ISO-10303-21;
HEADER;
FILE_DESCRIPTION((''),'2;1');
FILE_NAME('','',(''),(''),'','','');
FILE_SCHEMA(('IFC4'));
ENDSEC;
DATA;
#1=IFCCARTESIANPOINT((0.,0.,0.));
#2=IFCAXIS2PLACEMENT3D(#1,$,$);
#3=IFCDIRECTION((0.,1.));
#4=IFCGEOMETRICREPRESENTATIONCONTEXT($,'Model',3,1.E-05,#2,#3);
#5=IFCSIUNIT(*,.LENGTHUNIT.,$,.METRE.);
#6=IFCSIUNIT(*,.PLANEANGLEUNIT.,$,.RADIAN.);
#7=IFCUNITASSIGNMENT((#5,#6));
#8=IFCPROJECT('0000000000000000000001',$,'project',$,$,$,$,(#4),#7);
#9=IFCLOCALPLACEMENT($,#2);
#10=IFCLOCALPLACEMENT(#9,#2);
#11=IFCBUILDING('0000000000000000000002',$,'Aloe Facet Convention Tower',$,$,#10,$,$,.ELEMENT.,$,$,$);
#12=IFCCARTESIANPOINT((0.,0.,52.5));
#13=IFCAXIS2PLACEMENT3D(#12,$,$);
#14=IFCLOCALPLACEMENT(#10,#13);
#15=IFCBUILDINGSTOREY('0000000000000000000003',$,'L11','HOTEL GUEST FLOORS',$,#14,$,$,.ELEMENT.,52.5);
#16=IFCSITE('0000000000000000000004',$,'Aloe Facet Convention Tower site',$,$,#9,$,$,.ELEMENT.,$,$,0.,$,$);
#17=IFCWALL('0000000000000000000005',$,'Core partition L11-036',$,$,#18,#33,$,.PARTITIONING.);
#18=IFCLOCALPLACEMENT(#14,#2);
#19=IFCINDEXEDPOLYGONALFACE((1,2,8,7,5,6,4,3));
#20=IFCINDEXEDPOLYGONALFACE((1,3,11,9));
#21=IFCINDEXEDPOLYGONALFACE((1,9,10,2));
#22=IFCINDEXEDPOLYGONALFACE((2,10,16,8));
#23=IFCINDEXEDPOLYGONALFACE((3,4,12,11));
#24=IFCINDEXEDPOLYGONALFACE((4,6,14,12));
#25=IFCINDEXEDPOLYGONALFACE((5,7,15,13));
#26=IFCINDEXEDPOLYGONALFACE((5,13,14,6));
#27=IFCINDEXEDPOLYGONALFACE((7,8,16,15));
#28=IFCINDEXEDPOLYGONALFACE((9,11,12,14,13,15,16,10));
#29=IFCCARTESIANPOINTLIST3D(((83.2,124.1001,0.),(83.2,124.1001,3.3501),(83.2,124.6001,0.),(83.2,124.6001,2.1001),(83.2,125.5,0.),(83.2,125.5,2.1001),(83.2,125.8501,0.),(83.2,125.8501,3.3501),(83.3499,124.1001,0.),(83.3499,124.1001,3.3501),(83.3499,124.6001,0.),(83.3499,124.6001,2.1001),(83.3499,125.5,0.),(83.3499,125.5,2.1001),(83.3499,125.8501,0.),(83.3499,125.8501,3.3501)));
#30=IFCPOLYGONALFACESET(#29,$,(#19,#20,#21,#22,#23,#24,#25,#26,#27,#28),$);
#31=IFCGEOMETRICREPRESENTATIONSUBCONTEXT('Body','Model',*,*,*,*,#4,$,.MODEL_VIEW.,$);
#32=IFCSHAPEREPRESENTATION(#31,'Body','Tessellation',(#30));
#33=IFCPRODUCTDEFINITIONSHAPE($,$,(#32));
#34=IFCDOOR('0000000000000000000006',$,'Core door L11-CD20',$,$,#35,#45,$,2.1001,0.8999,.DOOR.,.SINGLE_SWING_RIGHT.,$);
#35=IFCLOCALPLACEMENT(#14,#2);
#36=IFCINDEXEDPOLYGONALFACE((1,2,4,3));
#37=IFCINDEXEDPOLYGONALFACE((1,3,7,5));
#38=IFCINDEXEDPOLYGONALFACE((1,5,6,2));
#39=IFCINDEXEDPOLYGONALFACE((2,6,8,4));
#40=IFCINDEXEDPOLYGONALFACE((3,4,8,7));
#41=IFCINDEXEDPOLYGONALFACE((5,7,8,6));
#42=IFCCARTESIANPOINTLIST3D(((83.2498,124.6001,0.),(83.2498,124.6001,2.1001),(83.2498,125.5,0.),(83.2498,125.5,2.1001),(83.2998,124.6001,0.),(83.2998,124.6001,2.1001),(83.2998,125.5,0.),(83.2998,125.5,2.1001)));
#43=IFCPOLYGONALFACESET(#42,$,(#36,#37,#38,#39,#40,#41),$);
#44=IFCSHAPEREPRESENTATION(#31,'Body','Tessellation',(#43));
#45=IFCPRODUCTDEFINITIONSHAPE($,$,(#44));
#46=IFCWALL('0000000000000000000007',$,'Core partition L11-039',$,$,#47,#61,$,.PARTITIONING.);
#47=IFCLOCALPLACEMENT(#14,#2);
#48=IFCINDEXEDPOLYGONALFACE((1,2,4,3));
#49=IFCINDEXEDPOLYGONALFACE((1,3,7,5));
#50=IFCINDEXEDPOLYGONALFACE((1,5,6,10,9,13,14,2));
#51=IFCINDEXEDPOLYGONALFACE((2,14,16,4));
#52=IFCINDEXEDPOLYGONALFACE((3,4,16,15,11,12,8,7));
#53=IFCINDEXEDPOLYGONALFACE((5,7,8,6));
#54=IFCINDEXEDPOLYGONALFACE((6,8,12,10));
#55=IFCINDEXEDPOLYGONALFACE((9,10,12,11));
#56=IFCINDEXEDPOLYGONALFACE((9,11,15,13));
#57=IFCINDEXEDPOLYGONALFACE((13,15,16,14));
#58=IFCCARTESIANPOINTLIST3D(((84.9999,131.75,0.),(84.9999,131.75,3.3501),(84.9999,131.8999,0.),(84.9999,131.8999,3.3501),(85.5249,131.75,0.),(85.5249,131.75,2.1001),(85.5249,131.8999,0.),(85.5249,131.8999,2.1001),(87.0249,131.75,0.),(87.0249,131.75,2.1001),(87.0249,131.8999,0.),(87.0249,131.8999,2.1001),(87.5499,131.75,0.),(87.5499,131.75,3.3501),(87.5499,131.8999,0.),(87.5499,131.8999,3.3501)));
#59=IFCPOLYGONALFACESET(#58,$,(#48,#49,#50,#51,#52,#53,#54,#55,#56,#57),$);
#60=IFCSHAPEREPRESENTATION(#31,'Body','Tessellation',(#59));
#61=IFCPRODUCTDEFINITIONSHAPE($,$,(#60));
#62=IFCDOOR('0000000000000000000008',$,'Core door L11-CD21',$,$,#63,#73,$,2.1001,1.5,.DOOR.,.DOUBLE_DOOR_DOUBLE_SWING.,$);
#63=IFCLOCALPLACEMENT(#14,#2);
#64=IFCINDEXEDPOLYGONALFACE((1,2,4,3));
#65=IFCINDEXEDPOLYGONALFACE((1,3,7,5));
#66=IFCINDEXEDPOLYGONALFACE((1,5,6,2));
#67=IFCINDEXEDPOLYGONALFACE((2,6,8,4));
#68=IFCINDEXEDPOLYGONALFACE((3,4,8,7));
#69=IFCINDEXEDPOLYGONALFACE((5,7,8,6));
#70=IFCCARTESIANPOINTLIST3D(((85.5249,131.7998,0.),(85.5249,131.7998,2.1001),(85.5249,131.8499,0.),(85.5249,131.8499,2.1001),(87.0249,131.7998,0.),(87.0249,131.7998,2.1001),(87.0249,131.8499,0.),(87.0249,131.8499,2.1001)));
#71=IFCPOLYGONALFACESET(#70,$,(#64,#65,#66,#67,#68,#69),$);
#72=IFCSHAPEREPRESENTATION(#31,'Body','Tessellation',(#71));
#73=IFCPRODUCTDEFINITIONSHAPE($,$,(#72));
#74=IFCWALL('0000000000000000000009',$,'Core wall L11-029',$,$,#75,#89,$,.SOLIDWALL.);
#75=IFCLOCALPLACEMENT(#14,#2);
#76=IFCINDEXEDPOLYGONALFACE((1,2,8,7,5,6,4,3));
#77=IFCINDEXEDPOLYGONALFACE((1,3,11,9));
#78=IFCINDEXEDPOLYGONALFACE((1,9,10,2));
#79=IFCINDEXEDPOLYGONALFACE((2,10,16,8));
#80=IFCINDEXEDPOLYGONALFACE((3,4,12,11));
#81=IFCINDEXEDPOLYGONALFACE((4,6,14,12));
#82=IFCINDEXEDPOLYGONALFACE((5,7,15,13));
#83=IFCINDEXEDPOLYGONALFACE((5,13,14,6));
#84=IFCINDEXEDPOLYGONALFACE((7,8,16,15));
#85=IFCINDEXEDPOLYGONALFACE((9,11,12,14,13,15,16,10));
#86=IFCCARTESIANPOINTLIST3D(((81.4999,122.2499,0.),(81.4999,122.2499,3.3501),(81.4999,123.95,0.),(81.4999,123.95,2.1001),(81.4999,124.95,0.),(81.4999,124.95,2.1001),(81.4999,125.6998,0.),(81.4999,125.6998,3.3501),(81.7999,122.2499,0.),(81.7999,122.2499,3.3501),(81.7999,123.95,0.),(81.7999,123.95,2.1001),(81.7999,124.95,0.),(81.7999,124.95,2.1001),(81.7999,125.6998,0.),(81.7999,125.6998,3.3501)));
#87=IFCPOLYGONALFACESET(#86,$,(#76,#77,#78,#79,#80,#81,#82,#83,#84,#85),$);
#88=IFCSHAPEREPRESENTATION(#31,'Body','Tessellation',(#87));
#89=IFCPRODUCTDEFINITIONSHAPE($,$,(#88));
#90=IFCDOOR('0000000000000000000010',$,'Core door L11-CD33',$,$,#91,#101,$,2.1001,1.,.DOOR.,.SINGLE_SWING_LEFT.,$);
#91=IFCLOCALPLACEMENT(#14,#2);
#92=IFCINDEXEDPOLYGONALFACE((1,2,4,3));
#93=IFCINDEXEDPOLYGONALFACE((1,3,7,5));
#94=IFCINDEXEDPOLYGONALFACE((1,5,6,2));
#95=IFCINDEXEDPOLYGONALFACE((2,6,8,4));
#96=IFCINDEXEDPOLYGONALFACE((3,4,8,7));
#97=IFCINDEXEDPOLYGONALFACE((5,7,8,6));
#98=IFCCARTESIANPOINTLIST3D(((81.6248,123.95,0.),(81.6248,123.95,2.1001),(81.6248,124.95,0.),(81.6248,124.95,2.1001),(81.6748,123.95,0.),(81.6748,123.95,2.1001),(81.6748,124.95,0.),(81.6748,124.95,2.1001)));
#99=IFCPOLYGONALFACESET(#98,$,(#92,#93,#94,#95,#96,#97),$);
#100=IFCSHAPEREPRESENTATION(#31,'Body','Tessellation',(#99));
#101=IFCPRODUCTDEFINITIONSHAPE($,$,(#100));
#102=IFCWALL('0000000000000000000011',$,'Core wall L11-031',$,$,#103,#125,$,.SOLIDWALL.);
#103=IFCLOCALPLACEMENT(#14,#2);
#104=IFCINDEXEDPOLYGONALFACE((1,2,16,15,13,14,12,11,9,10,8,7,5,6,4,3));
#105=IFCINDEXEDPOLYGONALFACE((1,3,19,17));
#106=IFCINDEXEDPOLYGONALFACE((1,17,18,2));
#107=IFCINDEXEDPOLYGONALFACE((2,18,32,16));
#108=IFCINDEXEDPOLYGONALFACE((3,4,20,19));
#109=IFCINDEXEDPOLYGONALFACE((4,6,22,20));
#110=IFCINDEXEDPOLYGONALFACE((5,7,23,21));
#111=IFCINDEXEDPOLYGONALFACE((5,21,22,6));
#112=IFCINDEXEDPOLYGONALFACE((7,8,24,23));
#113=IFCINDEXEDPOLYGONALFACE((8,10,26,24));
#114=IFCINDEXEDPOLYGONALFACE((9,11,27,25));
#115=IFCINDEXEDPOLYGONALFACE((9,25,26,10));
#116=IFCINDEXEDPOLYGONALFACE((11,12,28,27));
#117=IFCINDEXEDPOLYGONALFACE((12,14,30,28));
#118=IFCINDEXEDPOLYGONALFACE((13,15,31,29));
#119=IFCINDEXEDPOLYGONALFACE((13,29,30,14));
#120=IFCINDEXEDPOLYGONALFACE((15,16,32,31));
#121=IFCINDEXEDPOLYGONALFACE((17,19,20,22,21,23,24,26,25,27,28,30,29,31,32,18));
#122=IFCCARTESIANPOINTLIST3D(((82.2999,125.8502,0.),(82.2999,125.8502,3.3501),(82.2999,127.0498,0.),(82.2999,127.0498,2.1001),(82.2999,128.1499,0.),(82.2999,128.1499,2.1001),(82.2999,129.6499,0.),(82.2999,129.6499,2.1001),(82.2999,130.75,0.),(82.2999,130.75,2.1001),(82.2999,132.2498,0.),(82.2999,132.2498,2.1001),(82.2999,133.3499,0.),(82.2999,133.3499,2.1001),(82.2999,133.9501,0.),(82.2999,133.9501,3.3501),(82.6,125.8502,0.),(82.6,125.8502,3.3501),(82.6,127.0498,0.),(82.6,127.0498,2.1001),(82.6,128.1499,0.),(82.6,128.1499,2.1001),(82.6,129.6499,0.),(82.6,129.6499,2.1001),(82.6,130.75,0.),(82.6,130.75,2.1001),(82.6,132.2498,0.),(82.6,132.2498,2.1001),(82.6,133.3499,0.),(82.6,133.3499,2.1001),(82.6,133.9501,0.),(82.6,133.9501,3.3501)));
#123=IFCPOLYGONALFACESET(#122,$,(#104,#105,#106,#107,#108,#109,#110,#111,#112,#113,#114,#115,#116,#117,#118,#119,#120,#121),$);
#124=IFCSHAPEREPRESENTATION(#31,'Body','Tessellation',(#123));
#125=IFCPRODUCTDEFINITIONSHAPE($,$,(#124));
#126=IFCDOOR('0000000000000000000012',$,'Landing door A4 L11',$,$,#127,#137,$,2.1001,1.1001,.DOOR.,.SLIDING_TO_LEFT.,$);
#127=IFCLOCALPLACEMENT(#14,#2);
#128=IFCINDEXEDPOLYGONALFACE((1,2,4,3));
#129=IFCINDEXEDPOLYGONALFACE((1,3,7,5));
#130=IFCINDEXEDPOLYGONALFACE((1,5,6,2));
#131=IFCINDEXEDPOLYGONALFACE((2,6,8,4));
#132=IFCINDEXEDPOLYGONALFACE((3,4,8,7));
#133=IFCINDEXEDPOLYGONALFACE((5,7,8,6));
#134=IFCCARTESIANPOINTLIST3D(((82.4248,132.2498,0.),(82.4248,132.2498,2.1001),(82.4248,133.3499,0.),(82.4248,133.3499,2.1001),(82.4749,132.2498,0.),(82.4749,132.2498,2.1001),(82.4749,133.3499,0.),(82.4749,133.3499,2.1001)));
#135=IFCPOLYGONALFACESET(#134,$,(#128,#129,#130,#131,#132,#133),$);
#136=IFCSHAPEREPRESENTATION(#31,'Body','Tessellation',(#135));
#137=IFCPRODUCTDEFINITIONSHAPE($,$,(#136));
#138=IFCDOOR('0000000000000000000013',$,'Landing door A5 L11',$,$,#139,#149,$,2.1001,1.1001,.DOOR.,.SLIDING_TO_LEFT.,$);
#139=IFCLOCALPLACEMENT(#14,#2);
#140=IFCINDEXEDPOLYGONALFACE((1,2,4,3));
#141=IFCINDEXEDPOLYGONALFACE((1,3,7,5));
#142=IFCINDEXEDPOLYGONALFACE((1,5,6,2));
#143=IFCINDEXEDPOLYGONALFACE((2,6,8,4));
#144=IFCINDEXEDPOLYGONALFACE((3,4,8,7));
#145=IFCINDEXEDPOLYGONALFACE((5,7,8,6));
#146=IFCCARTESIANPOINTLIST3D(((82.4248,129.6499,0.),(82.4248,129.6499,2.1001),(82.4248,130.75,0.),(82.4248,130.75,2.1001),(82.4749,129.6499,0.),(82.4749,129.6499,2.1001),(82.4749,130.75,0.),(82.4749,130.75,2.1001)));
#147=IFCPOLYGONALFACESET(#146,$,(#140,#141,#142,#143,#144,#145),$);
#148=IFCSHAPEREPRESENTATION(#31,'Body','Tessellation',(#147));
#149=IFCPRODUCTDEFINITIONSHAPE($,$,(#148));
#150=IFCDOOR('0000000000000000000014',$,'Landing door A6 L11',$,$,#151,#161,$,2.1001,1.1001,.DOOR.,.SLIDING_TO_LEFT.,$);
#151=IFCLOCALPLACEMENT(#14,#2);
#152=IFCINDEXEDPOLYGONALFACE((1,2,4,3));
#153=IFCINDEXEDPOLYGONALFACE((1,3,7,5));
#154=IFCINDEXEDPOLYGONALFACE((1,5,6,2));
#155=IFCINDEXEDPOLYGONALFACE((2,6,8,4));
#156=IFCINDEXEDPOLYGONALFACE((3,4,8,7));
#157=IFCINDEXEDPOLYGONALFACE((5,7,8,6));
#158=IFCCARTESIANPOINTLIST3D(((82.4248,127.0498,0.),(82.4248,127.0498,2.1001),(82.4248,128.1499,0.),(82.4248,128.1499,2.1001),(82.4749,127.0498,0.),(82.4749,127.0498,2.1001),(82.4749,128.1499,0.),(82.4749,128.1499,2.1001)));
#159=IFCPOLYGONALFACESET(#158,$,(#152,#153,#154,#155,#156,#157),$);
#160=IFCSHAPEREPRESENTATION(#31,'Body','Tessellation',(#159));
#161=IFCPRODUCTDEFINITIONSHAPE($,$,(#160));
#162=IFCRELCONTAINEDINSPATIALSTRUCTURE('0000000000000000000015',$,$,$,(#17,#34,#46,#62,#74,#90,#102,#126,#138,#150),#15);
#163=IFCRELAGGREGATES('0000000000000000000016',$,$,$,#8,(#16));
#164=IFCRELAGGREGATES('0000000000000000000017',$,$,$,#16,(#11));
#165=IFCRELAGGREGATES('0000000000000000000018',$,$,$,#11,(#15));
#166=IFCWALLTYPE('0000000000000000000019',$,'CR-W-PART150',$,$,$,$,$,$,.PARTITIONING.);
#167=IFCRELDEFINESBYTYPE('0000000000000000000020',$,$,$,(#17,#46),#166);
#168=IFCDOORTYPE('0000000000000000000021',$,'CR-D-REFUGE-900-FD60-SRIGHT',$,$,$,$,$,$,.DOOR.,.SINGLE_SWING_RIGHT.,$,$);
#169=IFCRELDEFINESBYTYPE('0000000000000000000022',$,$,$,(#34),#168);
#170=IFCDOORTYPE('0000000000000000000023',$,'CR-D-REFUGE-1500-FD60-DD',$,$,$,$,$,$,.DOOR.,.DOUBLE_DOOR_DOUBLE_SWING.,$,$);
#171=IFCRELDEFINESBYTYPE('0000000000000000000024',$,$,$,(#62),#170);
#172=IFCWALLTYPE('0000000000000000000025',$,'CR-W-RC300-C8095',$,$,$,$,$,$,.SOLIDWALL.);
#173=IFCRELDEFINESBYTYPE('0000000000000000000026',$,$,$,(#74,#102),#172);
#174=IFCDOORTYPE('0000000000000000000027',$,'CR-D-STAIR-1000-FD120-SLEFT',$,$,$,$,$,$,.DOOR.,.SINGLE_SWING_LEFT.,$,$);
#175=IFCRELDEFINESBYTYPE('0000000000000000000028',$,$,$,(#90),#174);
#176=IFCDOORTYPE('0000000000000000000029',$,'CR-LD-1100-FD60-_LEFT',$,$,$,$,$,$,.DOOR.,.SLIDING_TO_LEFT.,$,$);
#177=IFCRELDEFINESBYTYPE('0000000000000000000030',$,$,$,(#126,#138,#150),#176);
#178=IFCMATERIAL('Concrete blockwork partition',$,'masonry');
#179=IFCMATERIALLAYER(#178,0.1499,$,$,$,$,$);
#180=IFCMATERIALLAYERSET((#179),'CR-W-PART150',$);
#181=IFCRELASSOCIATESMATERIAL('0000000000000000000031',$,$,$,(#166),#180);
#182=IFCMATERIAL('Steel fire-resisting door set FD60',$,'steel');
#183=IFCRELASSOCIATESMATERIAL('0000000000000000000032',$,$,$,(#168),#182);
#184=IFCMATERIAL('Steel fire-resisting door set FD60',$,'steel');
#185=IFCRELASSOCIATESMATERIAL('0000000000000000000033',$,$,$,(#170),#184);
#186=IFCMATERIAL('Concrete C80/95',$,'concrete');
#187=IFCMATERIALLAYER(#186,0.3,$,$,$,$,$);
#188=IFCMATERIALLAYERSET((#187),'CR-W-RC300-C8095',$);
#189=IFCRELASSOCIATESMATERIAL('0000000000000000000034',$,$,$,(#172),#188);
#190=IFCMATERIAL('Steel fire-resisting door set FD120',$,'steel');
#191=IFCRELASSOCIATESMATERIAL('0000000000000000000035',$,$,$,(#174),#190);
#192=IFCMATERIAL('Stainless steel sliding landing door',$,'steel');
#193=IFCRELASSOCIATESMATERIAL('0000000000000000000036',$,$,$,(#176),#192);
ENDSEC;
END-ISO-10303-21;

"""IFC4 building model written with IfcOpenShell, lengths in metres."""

from ifc_helpers import new_model, si_unit, direction, frame, frame_2d, origin, place, context, subcontext, project, spatial, rectangle, extrude, material, layer, layer_set, type_object, element, fill, save


model = new_model("IFC4")

# Units and contexts
model_context = context("Model", 3, precision=1e-05, world=origin(), true_north=direction((0.0, 1.0)))
body_context = subcontext(model_context, "Body", "Model", "MODEL_VIEW")
ifc_project = project(units=[si_unit("LENGTHUNIT", "METRE"), si_unit("PLANEANGLEUNIT", "RADIAN")], contexts=[model_context])

# Site, building, storey
site_placement = place(None, origin())
site = spatial("IfcSite", under=ifc_project, at=site_placement, Name="Aloe Facet Convention Tower site", CompositionType="ELEMENT", RefElevation=0.0)
building_placement = place(site_placement, origin())
building = spatial("IfcBuilding", under=site, at=building_placement, Name="Aloe Facet Convention Tower", CompositionType="ELEMENT")
storey_placement = place(building_placement, frame((0.0, 0.0, 52.5)))
storey = spatial("IfcBuildingStorey", under=building, at=storey_placement, Name="L11", Description="HOTEL GUEST FLOORS", CompositionType="ELEMENT", Elevation=52.5)

# Walls, openings, doors
ifc_material_1 = material(Name="Concrete blockwork partition", Category="masonry")
ifc_layer_1 = layer(ifc_material_1, 0.1499)
ifc_layer_set_1 = layer_set([ifc_layer_1], Name="CR-W-PART150")
wall_type_1 = type_object("IfcWallType", Name="CR-W-PART150", PredefinedType="PARTITIONING", material=ifc_layer_set_1)
wall_1_placement = place(storey_placement, frame((83.2749, 125.8501, 0.0), z_axis=(0.0, 0.0, 1.0), x_axis=(0.0, -1.0, 0.0)))
wall_1 = element("IfcWall", 1, at=wall_1_placement, inside=storey, type_object=wall_type_1, Name="Core partition L11-036", PredefinedType="PARTITIONING", context=body_context, shape_type="SweptSolid", body=[
    extrude(rectangle(XDim=1.75, YDim=0.1499, at=frame_2d((0.875, 0.0))), origin(), (0.0, 0.0, 1.0), 3.3501),
])
opening_1_placement = place(wall_1_placement, frame((0.3501, 0.0, 0.0)))
opening_1 = element("IfcOpeningElement", 2, at=opening_1_placement, cuts=wall_1, PredefinedType="OPENING", context=body_context, shape_type="SweptSolid", body=[
    extrude(rectangle(XDim=0.8999, YDim=2.1001, at=frame_2d((0.45, 1.05))), frame((0.0, 0.085, 0.0), z_axis=(0.0, -1.0, 0.0), x_axis=(1.0, 0.0, 0.0)), (0.0, 0.0, 1.0), 0.1699),
])
ifc_material_2 = material(Name="Steel fire-resisting door set FD60", Category="steel")
door_type_1 = type_object("IfcDoorType", Name="CR-D-REFUGE-900-FD60-SRIGHT", OperationType="SINGLE_SWING_RIGHT", PredefinedType="DOOR", material=ifc_material_2)
door_1_placement = place(opening_1_placement, origin())
door_1 = element("IfcDoor", 3, at=door_1_placement, inside=storey, type_object=door_type_1, Name="Core door L11-CD20", OperationType="SINGLE_SWING_RIGHT", OverallHeight=2.1001, OverallWidth=0.8999, PredefinedType="DOOR", context=body_context, shape_type="SweptSolid", body=[
    extrude(rectangle(XDim=0.8999, YDim=2.1001, at=frame_2d((0.45, 1.05))), frame((0.0, 0.0249, 0.0), z_axis=(0.0, -1.0, 0.0), x_axis=(1.0, 0.0, 0.0)), (0.0, 0.0, 1.0), 0.05),
])
fill(opening_1, door_1)
wall_2_placement = place(storey_placement, frame((85.0, 131.825, 0.0), z_axis=(0.0, 0.0, 1.0), x_axis=(1.0, 0.0, 0.0)))
wall_2 = element("IfcWall", 4, at=wall_2_placement, inside=storey, type_object=wall_type_1, Name="Core partition L11-039", PredefinedType="PARTITIONING", context=body_context, shape_type="SweptSolid", body=[
    extrude(rectangle(XDim=2.55, YDim=0.1499, at=frame_2d((1.2749, 0.0))), origin(), (0.0, 0.0, 1.0), 3.3501),
])
opening_2_placement = place(wall_2_placement, frame((0.5249, 0.0, 0.0)))
opening_2 = element("IfcOpeningElement", 5, at=opening_2_placement, cuts=wall_2, PredefinedType="OPENING", context=body_context, shape_type="SweptSolid", body=[
    extrude(rectangle(XDim=1.5, YDim=2.1001, at=frame_2d((0.75, 1.05))), frame((0.0, 0.085, 0.0), z_axis=(0.0, -1.0, 0.0), x_axis=(1.0, 0.0, 0.0)), (0.0, 0.0, 1.0), 0.1699),
])
ifc_material_3 = material(Name="Steel fire-resisting door set FD60", Category="steel")
door_type_2 = type_object("IfcDoorType", Name="CR-D-REFUGE-1500-FD60-DD", OperationType="DOUBLE_DOOR_DOUBLE_SWING", PredefinedType="DOOR", material=ifc_material_3)
door_2_placement = place(opening_2_placement, origin())
door_2 = element("IfcDoor", 6, at=door_2_placement, inside=storey, type_object=door_type_2, Name="Core door L11-CD21", OperationType="DOUBLE_DOOR_DOUBLE_SWING", OverallHeight=2.1001, OverallWidth=1.5, PredefinedType="DOOR", context=body_context, shape_type="SweptSolid", body=[
    extrude(rectangle(XDim=1.5, YDim=2.1001, at=frame_2d((0.75, 1.05))), frame((0.0, 0.0249, 0.0), z_axis=(0.0, -1.0, 0.0), x_axis=(1.0, 0.0, 0.0)), (0.0, 0.0, 1.0), 0.05),
])
fill(opening_2, door_2)
ifc_material_4 = material(Name="Concrete C80/95", Category="concrete")
ifc_layer_2 = layer(ifc_material_4, 0.3)
ifc_layer_set_2 = layer_set([ifc_layer_2], Name="CR-W-RC300-C8095")
wall_type_2 = type_object("IfcWallType", Name="CR-W-RC300-C8095", PredefinedType="SOLIDWALL", material=ifc_layer_set_2)
wall_3_placement = place(storey_placement, frame((81.6499, 125.7, 0.0), z_axis=(0.0, 0.0, 1.0), x_axis=(0.0, -1.0, 0.0)))
wall_3 = element("IfcWall", 7, at=wall_3_placement, inside=storey, type_object=wall_type_2, Name="Core wall L11-029", PredefinedType="SOLIDWALL", context=body_context, shape_type="SweptSolid", body=[
    extrude(rectangle(XDim=3.45, YDim=0.3, at=frame_2d((1.7251, 0.0))), origin(), (0.0, 0.0, 1.0), 3.3501),
])
opening_3_placement = place(wall_3_placement, frame((0.75, 0.0, 0.0)))
opening_3 = element("IfcOpeningElement", 8, at=opening_3_placement, cuts=wall_3, PredefinedType="OPENING", context=body_context, shape_type="SweptSolid", body=[
    extrude(rectangle(XDim=1.0, YDim=2.1001, at=frame_2d((0.5, 1.05))), frame((0.0, 0.1602, 0.0), z_axis=(0.0, -1.0, 0.0), x_axis=(1.0, 0.0, 0.0)), (0.0, 0.0, 1.0), 0.3201),
])
ifc_material_5 = material(Name="Steel fire-resisting door set FD120", Category="steel")
door_type_3 = type_object("IfcDoorType", Name="CR-D-STAIR-1000-FD120-SLEFT", OperationType="SINGLE_SWING_LEFT", PredefinedType="DOOR", material=ifc_material_5)
door_3_placement = place(opening_3_placement, origin())
door_3 = element("IfcDoor", 9, at=door_3_placement, inside=storey, type_object=door_type_3, Name="Core door L11-CD33", OperationType="SINGLE_SWING_LEFT", OverallHeight=2.1001, OverallWidth=1.0, PredefinedType="DOOR", context=body_context, shape_type="SweptSolid", body=[
    extrude(rectangle(XDim=1.0, YDim=2.1001, at=frame_2d((0.5, 1.05))), frame((0.0, 0.0249, 0.0), z_axis=(0.0, -1.0, 0.0), x_axis=(1.0, 0.0, 0.0)), (0.0, 0.0, 1.0), 0.05),
])
fill(opening_3, door_3)

# Wall, openings, doors
wall_4_placement = place(storey_placement, frame((82.45, 133.95, 0.0), z_axis=(0.0, 0.0, 1.0), x_axis=(0.0, -1.0, 0.0)))
wall_4 = element("IfcWall", 10, at=wall_4_placement, inside=storey, type_object=wall_type_2, Name="Core wall L11-031", PredefinedType="SOLIDWALL", context=body_context, shape_type="SweptSolid", body=[
    extrude(rectangle(XDim=8.0999, YDim=0.3, at=frame_2d((4.0498, 0.0))), origin(), (0.0, 0.0, 1.0), 3.3501),
])
opening_4_placement = place(wall_4_placement, frame((0.6001, 0.0, 0.0)))
opening_4 = element("IfcOpeningElement", 11, at=opening_4_placement, cuts=wall_4, PredefinedType="OPENING", context=body_context, shape_type="SweptSolid", body=[
    extrude(rectangle(XDim=1.1001, YDim=2.1001, at=frame_2d((0.55, 1.05))), frame((0.0, 0.1602, 0.0), z_axis=(0.0, -1.0, 0.0), x_axis=(1.0, 0.0, 0.0)), (0.0, 0.0, 1.0), 0.3201),
])
opening_5_placement = place(wall_4_placement, frame((3.2, 0.0, 0.0)))
opening_5 = element("IfcOpeningElement", 12, at=opening_5_placement, cuts=wall_4, PredefinedType="OPENING", context=body_context, shape_type="SweptSolid", body=[
    extrude(rectangle(XDim=1.1001, YDim=2.1001, at=frame_2d((0.55, 1.05))), frame((0.0, 0.1602, 0.0), z_axis=(0.0, -1.0, 0.0), x_axis=(1.0, 0.0, 0.0)), (0.0, 0.0, 1.0), 0.3201),
])
opening_6_placement = place(wall_4_placement, frame((5.8, 0.0, 0.0)))
opening_6 = element("IfcOpeningElement", 13, at=opening_6_placement, cuts=wall_4, PredefinedType="OPENING", context=body_context, shape_type="SweptSolid", body=[
    extrude(rectangle(XDim=1.1001, YDim=2.1001, at=frame_2d((0.55, 1.05))), frame((0.0, 0.1602, 0.0), z_axis=(0.0, -1.0, 0.0), x_axis=(1.0, 0.0, 0.0)), (0.0, 0.0, 1.0), 0.3201),
])
ifc_material_6 = material(Name="Stainless steel sliding landing door", Category="steel")
door_type_4 = type_object("IfcDoorType", Name="CR-LD-1100-FD60-_LEFT", OperationType="SLIDING_TO_LEFT", PredefinedType="DOOR", material=ifc_material_6)
door_4_placement = place(opening_4_placement, origin())
door_4 = element("IfcDoor", 14, at=door_4_placement, inside=storey, type_object=door_type_4, Name="Landing door A4 L11", OperationType="SLIDING_TO_LEFT", OverallHeight=2.1001, OverallWidth=1.1001, PredefinedType="DOOR", context=body_context, shape_type="SweptSolid", body=[
    extrude(rectangle(XDim=1.1001, YDim=2.1001, at=frame_2d((0.55, 1.05))), frame((0.0, 0.0249, 0.0), z_axis=(0.0, -1.0, 0.0), x_axis=(1.0, 0.0, 0.0)), (0.0, 0.0, 1.0), 0.05),
])
fill(opening_4, door_4)
door_5_placement = place(opening_5_placement, origin())
door_5 = element("IfcDoor", 15, at=door_5_placement, inside=storey, type_object=door_type_4, Name="Landing door A5 L11", OperationType="SLIDING_TO_LEFT", OverallHeight=2.1001, OverallWidth=1.1001, PredefinedType="DOOR", context=body_context, shape_type="SweptSolid", body=[
    extrude(rectangle(XDim=1.1001, YDim=2.1001, at=frame_2d((0.55, 1.05))), frame((0.0, 0.0249, 0.0), z_axis=(0.0, -1.0, 0.0), x_axis=(1.0, 0.0, 0.0)), (0.0, 0.0, 1.0), 0.05),
])
fill(opening_5, door_5)
door_6_placement = place(opening_6_placement, origin())
door_6 = element("IfcDoor", 16, at=door_6_placement, inside=storey, type_object=door_type_4, Name="Landing door A6 L11", OperationType="SLIDING_TO_LEFT", OverallHeight=2.1001, OverallWidth=1.1001, PredefinedType="DOOR", context=body_context, shape_type="SweptSolid", body=[
    extrude(rectangle(XDim=1.1001, YDim=2.1001, at=frame_2d((0.55, 1.05))), frame((0.0, 0.0249, 0.0), z_axis=(0.0, -1.0, 0.0), x_axis=(1.0, 0.0, 0.0)), (0.0, 0.0, 1.0), 0.05),
])
fill(opening_6, door_6)

save(model, "model.ifc")
